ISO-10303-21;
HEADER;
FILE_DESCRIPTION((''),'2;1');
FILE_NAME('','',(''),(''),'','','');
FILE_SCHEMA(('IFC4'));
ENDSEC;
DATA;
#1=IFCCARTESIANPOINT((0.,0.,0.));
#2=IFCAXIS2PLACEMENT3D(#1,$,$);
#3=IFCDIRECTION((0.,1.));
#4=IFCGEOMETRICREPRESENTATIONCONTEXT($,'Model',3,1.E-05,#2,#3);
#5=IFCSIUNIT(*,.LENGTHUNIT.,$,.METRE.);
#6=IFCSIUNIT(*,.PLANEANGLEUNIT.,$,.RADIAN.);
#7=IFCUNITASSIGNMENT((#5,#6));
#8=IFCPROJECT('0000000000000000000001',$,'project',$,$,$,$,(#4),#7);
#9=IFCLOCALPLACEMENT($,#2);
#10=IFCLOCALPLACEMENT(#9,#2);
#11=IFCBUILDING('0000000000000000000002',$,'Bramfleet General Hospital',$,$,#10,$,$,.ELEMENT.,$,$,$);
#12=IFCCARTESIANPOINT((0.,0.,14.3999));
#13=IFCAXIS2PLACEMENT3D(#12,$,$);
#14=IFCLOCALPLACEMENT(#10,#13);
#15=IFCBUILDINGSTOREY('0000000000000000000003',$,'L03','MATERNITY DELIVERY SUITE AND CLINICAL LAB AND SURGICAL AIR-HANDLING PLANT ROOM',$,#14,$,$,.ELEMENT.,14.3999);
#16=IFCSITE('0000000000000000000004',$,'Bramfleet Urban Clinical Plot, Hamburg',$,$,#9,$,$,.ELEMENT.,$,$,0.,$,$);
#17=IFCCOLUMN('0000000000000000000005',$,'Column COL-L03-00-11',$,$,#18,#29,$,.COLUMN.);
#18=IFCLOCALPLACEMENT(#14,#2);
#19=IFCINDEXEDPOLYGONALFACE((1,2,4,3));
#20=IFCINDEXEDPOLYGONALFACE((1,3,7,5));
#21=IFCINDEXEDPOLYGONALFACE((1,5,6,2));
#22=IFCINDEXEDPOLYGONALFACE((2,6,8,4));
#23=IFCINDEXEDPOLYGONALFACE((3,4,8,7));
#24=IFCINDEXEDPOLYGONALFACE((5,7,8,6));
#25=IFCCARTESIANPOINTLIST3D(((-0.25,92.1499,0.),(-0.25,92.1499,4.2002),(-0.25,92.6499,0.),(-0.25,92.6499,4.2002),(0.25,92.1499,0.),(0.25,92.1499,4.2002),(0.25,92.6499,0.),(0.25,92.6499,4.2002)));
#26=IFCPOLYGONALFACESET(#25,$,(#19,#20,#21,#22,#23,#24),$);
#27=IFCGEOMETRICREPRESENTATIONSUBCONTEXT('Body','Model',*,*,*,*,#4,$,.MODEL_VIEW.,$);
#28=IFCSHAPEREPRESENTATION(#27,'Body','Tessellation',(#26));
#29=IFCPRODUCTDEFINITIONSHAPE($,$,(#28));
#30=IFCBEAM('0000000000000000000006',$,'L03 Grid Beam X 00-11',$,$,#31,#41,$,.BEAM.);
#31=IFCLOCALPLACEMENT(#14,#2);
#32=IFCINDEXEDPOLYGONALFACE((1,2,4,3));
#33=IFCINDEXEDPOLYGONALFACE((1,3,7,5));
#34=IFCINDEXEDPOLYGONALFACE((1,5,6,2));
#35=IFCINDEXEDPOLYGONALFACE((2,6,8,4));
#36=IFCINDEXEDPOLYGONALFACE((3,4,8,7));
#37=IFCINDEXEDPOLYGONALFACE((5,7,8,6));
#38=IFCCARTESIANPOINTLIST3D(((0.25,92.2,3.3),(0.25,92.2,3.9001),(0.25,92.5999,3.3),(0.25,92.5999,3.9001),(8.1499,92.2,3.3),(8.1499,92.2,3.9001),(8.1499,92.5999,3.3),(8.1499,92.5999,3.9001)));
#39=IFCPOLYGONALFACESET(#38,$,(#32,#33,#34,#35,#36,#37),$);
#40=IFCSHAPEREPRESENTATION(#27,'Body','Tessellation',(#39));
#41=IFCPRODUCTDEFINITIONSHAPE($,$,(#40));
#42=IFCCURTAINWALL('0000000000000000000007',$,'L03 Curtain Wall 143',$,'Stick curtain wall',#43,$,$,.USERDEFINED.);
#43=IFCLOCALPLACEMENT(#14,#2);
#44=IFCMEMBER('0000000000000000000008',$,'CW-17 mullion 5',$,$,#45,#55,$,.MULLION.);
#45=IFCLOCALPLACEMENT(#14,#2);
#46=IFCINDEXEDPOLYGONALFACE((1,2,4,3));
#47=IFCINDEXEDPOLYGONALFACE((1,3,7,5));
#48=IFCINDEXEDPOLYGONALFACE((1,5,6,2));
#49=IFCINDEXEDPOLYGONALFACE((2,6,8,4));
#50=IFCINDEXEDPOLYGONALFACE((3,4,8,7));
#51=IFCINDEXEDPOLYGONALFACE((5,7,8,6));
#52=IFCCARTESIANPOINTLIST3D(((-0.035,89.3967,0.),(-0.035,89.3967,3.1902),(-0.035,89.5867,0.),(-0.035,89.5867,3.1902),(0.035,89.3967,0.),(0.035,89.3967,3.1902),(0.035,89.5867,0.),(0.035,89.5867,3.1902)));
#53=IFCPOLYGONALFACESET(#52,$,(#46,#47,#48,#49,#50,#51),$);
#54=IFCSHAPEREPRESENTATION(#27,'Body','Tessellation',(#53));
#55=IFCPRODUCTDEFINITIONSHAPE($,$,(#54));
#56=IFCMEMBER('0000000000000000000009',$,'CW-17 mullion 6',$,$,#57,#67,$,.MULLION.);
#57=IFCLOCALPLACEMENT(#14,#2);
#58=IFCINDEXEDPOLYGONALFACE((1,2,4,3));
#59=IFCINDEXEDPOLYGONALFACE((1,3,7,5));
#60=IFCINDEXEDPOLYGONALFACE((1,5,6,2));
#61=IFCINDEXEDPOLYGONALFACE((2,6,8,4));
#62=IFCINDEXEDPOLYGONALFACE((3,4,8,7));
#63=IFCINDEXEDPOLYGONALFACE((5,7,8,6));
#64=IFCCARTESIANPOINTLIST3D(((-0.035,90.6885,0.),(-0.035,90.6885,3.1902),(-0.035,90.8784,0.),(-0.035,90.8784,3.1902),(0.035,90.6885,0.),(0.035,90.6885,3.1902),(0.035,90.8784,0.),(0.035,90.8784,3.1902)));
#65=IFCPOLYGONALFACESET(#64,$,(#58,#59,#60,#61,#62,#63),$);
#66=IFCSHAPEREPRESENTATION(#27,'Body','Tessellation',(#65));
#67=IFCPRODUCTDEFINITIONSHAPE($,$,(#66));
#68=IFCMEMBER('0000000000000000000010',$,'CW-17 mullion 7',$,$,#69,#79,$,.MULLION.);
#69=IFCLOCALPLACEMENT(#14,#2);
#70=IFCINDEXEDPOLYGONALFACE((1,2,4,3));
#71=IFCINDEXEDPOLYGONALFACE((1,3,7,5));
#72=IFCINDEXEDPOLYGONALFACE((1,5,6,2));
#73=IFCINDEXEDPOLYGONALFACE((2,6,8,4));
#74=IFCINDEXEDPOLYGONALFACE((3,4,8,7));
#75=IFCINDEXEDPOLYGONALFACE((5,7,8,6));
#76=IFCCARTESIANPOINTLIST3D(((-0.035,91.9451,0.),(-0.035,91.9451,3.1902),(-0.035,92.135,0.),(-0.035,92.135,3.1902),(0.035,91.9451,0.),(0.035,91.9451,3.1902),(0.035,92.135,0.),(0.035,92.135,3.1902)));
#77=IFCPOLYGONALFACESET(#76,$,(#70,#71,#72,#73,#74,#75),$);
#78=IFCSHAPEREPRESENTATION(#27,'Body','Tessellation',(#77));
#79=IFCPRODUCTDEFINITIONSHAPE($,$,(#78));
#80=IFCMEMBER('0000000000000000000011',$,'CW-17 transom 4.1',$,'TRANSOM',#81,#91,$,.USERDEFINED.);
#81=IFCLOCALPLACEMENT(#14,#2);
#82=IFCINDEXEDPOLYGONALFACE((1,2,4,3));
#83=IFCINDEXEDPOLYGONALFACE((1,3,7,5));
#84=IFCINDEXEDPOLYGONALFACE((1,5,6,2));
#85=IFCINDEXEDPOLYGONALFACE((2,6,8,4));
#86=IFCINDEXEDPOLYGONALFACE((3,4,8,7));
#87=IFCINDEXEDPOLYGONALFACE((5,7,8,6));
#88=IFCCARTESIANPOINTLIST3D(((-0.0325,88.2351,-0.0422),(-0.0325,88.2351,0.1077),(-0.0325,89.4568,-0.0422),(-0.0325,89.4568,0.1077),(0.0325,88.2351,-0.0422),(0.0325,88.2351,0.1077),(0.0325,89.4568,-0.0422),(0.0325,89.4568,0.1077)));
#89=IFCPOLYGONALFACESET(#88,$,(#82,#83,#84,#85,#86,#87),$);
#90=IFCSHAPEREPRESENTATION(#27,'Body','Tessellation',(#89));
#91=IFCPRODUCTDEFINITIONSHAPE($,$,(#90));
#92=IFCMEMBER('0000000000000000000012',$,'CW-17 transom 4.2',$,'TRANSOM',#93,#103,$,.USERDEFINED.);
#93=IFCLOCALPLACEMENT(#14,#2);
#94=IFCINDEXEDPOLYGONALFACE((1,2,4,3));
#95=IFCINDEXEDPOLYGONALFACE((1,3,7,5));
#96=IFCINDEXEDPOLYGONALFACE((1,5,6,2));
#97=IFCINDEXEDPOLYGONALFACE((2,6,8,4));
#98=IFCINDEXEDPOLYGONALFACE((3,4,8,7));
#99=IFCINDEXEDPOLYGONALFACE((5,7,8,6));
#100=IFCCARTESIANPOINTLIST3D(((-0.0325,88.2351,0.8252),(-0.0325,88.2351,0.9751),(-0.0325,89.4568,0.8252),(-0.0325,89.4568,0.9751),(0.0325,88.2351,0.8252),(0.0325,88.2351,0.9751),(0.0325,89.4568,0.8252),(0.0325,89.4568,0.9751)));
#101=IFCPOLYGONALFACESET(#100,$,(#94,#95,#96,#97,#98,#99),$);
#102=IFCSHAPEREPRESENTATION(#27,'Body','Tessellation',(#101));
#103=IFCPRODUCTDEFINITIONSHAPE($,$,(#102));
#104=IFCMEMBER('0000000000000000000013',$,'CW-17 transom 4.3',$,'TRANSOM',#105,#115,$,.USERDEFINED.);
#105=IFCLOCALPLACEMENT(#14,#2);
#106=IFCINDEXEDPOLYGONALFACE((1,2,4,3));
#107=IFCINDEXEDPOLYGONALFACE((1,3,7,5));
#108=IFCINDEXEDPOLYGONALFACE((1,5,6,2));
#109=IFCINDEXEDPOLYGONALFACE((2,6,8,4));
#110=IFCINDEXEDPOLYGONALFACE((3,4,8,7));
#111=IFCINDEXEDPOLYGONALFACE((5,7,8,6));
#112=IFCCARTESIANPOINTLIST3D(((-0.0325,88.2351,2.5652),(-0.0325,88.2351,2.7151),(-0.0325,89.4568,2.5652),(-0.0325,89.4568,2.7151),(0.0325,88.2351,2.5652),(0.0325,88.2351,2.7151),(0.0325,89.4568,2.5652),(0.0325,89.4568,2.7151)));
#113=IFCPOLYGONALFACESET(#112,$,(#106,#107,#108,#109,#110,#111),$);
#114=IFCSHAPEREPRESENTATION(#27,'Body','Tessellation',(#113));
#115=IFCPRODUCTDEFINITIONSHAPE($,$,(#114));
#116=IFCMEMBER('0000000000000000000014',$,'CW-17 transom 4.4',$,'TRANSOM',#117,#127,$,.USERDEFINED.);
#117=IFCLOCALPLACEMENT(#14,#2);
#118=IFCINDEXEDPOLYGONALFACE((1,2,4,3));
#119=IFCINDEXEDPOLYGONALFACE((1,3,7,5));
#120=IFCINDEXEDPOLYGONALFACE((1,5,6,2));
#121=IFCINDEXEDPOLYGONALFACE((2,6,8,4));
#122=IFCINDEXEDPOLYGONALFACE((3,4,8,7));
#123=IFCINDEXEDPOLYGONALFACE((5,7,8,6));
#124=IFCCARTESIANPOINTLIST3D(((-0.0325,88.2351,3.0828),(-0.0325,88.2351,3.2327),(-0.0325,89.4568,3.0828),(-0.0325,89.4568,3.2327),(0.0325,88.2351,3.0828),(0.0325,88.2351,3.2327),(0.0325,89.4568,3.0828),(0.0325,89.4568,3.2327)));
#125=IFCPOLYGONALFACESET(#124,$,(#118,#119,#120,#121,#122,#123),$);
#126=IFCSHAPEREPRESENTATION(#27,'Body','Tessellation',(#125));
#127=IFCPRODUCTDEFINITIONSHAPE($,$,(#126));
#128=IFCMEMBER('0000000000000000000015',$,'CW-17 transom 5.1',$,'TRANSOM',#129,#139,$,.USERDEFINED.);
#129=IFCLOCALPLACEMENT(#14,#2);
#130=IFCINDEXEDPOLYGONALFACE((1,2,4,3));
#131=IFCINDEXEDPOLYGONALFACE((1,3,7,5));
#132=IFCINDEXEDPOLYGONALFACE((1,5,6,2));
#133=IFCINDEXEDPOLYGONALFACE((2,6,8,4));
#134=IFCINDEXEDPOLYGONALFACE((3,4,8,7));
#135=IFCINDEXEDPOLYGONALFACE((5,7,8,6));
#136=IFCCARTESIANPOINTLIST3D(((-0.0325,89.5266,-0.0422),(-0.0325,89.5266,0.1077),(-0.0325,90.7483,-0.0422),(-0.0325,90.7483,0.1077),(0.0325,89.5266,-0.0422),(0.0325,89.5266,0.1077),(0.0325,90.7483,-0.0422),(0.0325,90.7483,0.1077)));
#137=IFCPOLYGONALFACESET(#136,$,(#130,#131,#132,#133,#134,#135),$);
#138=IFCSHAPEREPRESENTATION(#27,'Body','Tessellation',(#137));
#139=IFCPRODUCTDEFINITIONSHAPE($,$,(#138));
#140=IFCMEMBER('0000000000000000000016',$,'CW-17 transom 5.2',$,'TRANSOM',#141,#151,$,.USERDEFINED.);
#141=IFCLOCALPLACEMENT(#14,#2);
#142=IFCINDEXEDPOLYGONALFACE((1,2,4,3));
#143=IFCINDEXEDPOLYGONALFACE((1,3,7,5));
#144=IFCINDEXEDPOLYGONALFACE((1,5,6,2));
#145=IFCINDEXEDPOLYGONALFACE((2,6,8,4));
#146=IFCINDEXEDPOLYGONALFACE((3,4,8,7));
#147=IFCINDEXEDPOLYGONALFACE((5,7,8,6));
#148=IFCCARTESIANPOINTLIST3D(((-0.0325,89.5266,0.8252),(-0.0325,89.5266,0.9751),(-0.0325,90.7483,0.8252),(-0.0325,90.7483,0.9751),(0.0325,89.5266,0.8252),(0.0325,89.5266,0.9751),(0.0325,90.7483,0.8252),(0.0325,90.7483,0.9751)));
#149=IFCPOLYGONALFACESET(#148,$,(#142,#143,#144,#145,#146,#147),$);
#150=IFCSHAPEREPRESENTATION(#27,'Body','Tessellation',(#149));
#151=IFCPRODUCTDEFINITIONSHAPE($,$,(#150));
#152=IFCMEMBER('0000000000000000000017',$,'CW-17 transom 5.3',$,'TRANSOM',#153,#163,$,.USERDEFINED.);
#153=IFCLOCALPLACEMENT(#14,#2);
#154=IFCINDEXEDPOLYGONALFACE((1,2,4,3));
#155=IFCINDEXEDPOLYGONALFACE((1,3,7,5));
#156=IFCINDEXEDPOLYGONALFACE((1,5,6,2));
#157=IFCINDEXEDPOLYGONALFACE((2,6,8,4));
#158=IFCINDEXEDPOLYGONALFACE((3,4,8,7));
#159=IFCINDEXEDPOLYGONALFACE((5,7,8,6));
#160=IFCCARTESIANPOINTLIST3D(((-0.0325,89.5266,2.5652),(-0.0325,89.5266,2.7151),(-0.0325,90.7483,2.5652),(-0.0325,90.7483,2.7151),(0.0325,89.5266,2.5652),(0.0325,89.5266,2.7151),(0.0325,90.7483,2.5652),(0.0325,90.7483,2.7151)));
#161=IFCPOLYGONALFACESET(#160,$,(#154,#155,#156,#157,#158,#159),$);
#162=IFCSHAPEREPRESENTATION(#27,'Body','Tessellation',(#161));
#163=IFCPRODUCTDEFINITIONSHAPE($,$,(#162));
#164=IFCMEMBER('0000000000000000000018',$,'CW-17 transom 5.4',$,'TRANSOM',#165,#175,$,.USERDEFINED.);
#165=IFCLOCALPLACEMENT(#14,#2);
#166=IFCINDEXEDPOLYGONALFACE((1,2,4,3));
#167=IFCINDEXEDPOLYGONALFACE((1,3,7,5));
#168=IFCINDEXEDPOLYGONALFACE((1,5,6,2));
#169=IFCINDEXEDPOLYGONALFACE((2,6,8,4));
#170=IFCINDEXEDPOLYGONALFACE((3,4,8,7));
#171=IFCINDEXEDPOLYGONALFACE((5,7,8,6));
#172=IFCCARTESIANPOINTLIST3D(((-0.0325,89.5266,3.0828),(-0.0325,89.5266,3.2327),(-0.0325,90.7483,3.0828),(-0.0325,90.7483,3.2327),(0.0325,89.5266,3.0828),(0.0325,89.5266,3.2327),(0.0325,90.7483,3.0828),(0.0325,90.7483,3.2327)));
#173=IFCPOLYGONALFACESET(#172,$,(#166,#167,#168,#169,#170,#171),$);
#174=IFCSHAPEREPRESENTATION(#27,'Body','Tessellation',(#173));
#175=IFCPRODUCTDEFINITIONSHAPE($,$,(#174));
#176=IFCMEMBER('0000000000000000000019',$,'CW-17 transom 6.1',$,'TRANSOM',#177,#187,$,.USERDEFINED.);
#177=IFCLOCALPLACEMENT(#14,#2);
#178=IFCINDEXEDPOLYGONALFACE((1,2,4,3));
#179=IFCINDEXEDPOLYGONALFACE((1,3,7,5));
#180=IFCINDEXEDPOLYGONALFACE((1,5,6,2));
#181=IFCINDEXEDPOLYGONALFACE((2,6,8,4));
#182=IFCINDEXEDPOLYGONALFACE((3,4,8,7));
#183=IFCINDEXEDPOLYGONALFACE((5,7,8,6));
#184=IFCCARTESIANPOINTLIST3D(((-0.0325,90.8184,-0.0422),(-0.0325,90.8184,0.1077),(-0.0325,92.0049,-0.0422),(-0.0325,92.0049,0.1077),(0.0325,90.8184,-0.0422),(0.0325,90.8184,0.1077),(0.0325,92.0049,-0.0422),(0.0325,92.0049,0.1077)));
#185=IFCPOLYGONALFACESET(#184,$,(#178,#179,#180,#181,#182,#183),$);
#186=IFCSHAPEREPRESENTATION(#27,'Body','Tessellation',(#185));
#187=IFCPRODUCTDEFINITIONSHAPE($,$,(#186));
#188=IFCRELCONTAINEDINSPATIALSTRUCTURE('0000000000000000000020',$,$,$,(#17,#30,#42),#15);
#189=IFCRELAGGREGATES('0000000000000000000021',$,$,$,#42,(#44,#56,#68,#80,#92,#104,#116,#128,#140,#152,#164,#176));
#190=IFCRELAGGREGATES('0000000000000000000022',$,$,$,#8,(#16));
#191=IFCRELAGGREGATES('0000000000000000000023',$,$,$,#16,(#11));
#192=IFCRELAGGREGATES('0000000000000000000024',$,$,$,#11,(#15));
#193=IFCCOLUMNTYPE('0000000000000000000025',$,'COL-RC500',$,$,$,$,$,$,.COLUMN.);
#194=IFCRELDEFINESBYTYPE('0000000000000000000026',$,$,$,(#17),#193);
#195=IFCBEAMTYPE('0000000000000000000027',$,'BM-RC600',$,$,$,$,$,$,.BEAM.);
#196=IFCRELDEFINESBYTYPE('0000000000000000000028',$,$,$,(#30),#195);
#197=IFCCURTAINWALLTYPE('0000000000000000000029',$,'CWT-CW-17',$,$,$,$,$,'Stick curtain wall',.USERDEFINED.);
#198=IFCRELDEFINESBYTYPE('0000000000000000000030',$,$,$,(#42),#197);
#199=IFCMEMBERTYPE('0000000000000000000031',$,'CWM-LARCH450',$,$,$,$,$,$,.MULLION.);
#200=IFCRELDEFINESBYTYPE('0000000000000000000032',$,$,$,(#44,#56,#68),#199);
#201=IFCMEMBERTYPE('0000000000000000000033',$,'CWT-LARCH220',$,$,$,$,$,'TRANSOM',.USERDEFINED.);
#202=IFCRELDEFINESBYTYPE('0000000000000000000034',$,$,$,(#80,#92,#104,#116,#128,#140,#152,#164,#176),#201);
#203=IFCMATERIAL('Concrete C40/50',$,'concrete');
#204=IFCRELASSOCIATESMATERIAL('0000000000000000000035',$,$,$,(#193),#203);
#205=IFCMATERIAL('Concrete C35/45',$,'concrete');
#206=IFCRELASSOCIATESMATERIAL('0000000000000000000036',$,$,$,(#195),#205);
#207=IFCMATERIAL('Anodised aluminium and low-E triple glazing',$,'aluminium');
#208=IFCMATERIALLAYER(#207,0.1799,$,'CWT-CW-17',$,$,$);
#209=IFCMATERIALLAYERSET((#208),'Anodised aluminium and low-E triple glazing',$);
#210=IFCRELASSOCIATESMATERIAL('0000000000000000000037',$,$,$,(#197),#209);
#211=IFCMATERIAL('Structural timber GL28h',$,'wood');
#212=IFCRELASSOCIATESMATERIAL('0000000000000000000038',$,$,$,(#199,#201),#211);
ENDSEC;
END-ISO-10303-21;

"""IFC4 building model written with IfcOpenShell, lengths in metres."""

from ifc_helpers import new_model, si_unit, direction, frame, origin, origin_2d, place, context, subcontext, project, spatial, rectangle, extrude, material, layer, layer_set, material_profile, profile_set, type_object, element, aggregate, save


model = new_model("IFC4")

# Units and contexts
model_context = context("Model", 3, precision=1e-05, world=origin(), true_north=direction((0.0, 1.0)))
body_context = subcontext(model_context, "Body", "Model", "MODEL_VIEW")
ifc_project = project(units=[si_unit("LENGTHUNIT", "METRE"), si_unit("PLANEANGLEUNIT", "RADIAN")], contexts=[model_context])

# Site, building, storey
site_placement = place(None, origin())
site = spatial("IfcSite", under=ifc_project, at=site_placement, Name="Bramfleet Urban Clinical Plot, Hamburg", CompositionType="ELEMENT", RefElevation=0.0)
building_placement = place(site_placement, origin())
building = spatial("IfcBuilding", under=site, at=building_placement, Name="Bramfleet General Hospital", CompositionType="ELEMENT")
storey_placement = place(building_placement, frame((0.0, 0.0, 14.3999)))
storey = spatial("IfcBuildingStorey", under=building, at=storey_placement, Name="L03", Description="MATERNITY DELIVERY SUITE AND CLINICAL LAB AND SURGICAL AIR-HANDLING PLANT ROOM", CompositionType="ELEMENT", Elevation=14.3999)

# Column
ifc_material_1 = material(Name="Concrete C40/50", Category="concrete")
ifc_material_profile_1 = material_profile(ifc_material_1, rectangle(XDim=0.5, YDim=0.5, at=origin_2d()), Name="RC COL 500x500")
ifc_profile_set_1 = profile_set([ifc_material_profile_1], Name="Concrete C40/50")
column_type = type_object("IfcColumnType", Name="COL-RC500", PredefinedType="COLUMN", material=ifc_profile_set_1)
column_placement = place(storey_placement, frame((0.0, 92.3999, 0.0), z_axis=(0.0, 0.0, 1.0), x_axis=(1.0, 0.0, 0.0)))
element("IfcColumn", 1, at=column_placement, inside=storey, type_object=column_type, Name="Column COL-L03-00-11", PredefinedType="COLUMN", context=body_context, shape_type="SweptSolid", body=[
    extrude(rectangle(XDim=0.5, YDim=0.5, at=origin_2d()), origin(), (0.0, 0.0, 1.0), 4.2002),
])

# Beam
ifc_material_2 = material(Name="Concrete C35/45", Category="concrete")
ifc_material_profile_2 = material_profile(ifc_material_2, rectangle(XDim=0.3999, YDim=0.6001, at=origin_2d()), Name="RC BM 600x400")
ifc_profile_set_2 = profile_set([ifc_material_profile_2], Name="Concrete C35/45")
beam_type = type_object("IfcBeamType", Name="BM-RC600", PredefinedType="BEAM", material=ifc_profile_set_2)
beam_placement = place(storey_placement, frame((0.25, 92.3999, 3.6001), z_axis=(1.0, 0.0, 0.0), x_axis=(0.0, 1.0, 0.0)))
element("IfcBeam", 2, at=beam_placement, inside=storey, type_object=beam_type, Name="L03 Grid Beam X 00-11", PredefinedType="BEAM", context=body_context, shape_type="SweptSolid", body=[
    extrude(rectangle(XDim=0.3999, YDim=0.6001, at=origin_2d()), origin(), (0.0, 0.0, 1.0), 7.8999),
])

# Curtain wall, members
ifc_material_3 = material(Name="Anodised aluminium and low-E triple glazing", Category="aluminium")
ifc_layer_1 = layer(ifc_material_3, 0.1799, Name="CWT-CW-17")
ifc_layer_set_1 = layer_set([ifc_layer_1], Name="Anodised aluminium and low-E triple glazing")
curtain_wall_type = type_object("IfcCurtainWallType", Name="CWT-CW-17", ElementType="Stick curtain wall", PredefinedType="USERDEFINED", material=ifc_layer_set_1)
curtain_wall_placement = place(storey_placement, origin())
curtain_wall = element("IfcCurtainWall", 3, at=curtain_wall_placement, inside=storey, type_object=curtain_wall_type, Name="L03 Curtain Wall 143", ObjectType="Stick curtain wall", PredefinedType="USERDEFINED")
ifc_material_4 = material(Name="Structural timber GL28h", Category="wood")
ifc_material_profile_3 = material_profile(ifc_material_4, rectangle(XDim=0.0701, YDim=0.1899, at=origin_2d()), Name="LARCH 190x70")
ifc_profile_set_3 = profile_set([ifc_material_profile_3], Name="Structural timber GL28h")
member_type_1 = type_object("IfcMemberType", Name="CWM-LARCH450", PredefinedType="MULLION", material=ifc_profile_set_3)
member_1_placement = place(storey_placement, frame((0.0, 89.4917, 0.0), z_axis=(0.0, 0.0, 1.0), x_axis=(-1.0, 0.0, 0.0)))
member_1 = element("IfcMember", 4, at=member_1_placement, type_object=member_type_1, Name="CW-17 mullion 5", PredefinedType="MULLION", context=body_context, shape_type="SweptSolid", body=[
    extrude(rectangle(XDim=0.0701, YDim=0.1899, at=origin_2d()), origin(), (0.0, 0.0, 1.0), 3.1902),
])
member_2_placement = place(storey_placement, frame((0.0, 90.7834, 0.0), z_axis=(0.0, 0.0, 1.0), x_axis=(-1.0, 0.0, 0.0)))
member_2 = element("IfcMember", 5, at=member_2_placement, type_object=member_type_1, Name="CW-17 mullion 6", PredefinedType="MULLION", context=body_context, shape_type="SweptSolid", body=[
    extrude(rectangle(XDim=0.0701, YDim=0.1899, at=origin_2d()), origin(), (0.0, 0.0, 1.0), 3.1902),
])
member_3_placement = place(storey_placement, frame((0.0, 92.04, 0.0), z_axis=(0.0, 0.0, 1.0), x_axis=(-1.0, 0.0, 0.0)))
member_3 = element("IfcMember", 6, at=member_3_placement, type_object=member_type_1, Name="CW-17 mullion 7", PredefinedType="MULLION", context=body_context, shape_type="SweptSolid", body=[
    extrude(rectangle(XDim=0.0701, YDim=0.1899, at=origin_2d()), origin(), (0.0, 0.0, 1.0), 3.1902),
])
ifc_material_profile_4 = material_profile(ifc_material_4, rectangle(XDim=0.0649, YDim=0.1499, at=origin_2d()), Name="LARCH 150x65")
ifc_profile_set_4 = profile_set([ifc_material_profile_4], Name="Structural timber GL28h")
member_type_2 = type_object("IfcMemberType", Name="CWT-LARCH220", ElementType="TRANSOM", PredefinedType="USERDEFINED", material=ifc_profile_set_4)
member_4_placement = place(storey_placement, frame((0.0, 88.2351, 0.0327), z_axis=(0.0, 1.0, 0.0), x_axis=(-1.0, 0.0, 0.0)))
member_4 = element("IfcMember", 7, at=member_4_placement, type_object=member_type_2, Name="CW-17 transom 4.1", ObjectType="TRANSOM", PredefinedType="USERDEFINED", context=body_context, shape_type="SweptSolid", body=[
    extrude(rectangle(XDim=0.0649, YDim=0.1499, at=origin_2d()), origin(), (0.0, 0.0, 1.0), 1.2217),
])
member_5_placement = place(storey_placement, frame((0.0, 88.2351, 0.9001), z_axis=(0.0, 1.0, 0.0), x_axis=(-1.0, 0.0, 0.0)))
member_5 = element("IfcMember", 8, at=member_5_placement, type_object=member_type_2, Name="CW-17 transom 4.2", ObjectType="TRANSOM", PredefinedType="USERDEFINED", context=body_context, shape_type="SweptSolid", body=[
    extrude(rectangle(XDim=0.0649, YDim=0.1499, at=origin_2d()), origin(), (0.0, 0.0, 1.0), 1.2217),
])
member_6_placement = place(storey_placement, frame((0.0, 88.2351, 2.6401), z_axis=(0.0, 1.0, 0.0), x_axis=(-1.0, 0.0, 0.0)))
member_6 = element("IfcMember", 9, at=member_6_placement, type_object=member_type_2, Name="CW-17 transom 4.3", ObjectType="TRANSOM", PredefinedType="USERDEFINED", context=body_context, shape_type="SweptSolid", body=[
    extrude(rectangle(XDim=0.0649, YDim=0.1499, at=origin_2d()), origin(), (0.0, 0.0, 1.0), 1.2217),
])
member_7_placement = place(storey_placement, frame((0.0, 88.2351, 3.1577), z_axis=(0.0, 1.0, 0.0), x_axis=(-1.0, 0.0, 0.0)))
member_7 = element("IfcMember", 10, at=member_7_placement, type_object=member_type_2, Name="CW-17 transom 4.4", ObjectType="TRANSOM", PredefinedType="USERDEFINED", context=body_context, shape_type="SweptSolid", body=[
    extrude(rectangle(XDim=0.0649, YDim=0.1499, at=origin_2d()), origin(), (0.0, 0.0, 1.0), 1.2217),
])
member_8_placement = place(storey_placement, frame((0.0, 89.5266, 0.0327), z_axis=(0.0, 1.0, 0.0), x_axis=(-1.0, 0.0, 0.0)))
member_8 = element("IfcMember", 11, at=member_8_placement, type_object=member_type_2, Name="CW-17 transom 5.1", ObjectType="TRANSOM", PredefinedType="USERDEFINED", context=body_context, shape_type="SweptSolid", body=[
    extrude(rectangle(XDim=0.0649, YDim=0.1499, at=origin_2d()), origin(), (0.0, 0.0, 1.0), 1.2217),
])
member_9_placement = place(storey_placement, frame((0.0, 89.5266, 0.9001), z_axis=(0.0, 1.0, 0.0), x_axis=(-1.0, 0.0, 0.0)))
member_9 = element("IfcMember", 12, at=member_9_placement, type_object=member_type_2, Name="CW-17 transom 5.2", ObjectType="TRANSOM", PredefinedType="USERDEFINED", context=body_context, shape_type="SweptSolid", body=[
    extrude(rectangle(XDim=0.0649, YDim=0.1499, at=origin_2d()), origin(), (0.0, 0.0, 1.0), 1.2217),
])
member_10_placement = place(storey_placement, frame((0.0, 89.5266, 2.6401), z_axis=(0.0, 1.0, 0.0), x_axis=(-1.0, 0.0, 0.0)))
member_10 = element("IfcMember", 13, at=member_10_placement, type_object=member_type_2, Name="CW-17 transom 5.3", ObjectType="TRANSOM", PredefinedType="USERDEFINED", context=body_context, shape_type="SweptSolid", body=[
    extrude(rectangle(XDim=0.0649, YDim=0.1499, at=origin_2d()), origin(), (0.0, 0.0, 1.0), 1.2217),
])
member_11_placement = place(storey_placement, frame((0.0, 89.5266, 3.1577), z_axis=(0.0, 1.0, 0.0), x_axis=(-1.0, 0.0, 0.0)))
member_11 = element("IfcMember", 14, at=member_11_placement, type_object=member_type_2, Name="CW-17 transom 5.4", ObjectType="TRANSOM", PredefinedType="USERDEFINED", context=body_context, shape_type="SweptSolid", body=[
    extrude(rectangle(XDim=0.0649, YDim=0.1499, at=origin_2d()), origin(), (0.0, 0.0, 1.0), 1.2217),
])
member_12_placement = place(storey_placement, frame((0.0, 90.8184, 0.0327), z_axis=(0.0, 1.0, 0.0), x_axis=(-1.0, 0.0, 0.0)))
member_12 = element("IfcMember", 15, at=member_12_placement, type_object=member_type_2, Name="CW-17 transom 6.1", ObjectType="TRANSOM", PredefinedType="USERDEFINED", context=body_context, shape_type="SweptSolid", body=[
    extrude(rectangle(XDim=0.0649, YDim=0.1499, at=origin_2d()), origin(), (0.0, 0.0, 1.0), 1.1865),
])
aggregate(curtain_wall, [member_1, member_2, member_3, member_4, member_5, member_6, member_7, member_8, member_9, member_10, member_11, member_12])

save(model, "model.ifc")
